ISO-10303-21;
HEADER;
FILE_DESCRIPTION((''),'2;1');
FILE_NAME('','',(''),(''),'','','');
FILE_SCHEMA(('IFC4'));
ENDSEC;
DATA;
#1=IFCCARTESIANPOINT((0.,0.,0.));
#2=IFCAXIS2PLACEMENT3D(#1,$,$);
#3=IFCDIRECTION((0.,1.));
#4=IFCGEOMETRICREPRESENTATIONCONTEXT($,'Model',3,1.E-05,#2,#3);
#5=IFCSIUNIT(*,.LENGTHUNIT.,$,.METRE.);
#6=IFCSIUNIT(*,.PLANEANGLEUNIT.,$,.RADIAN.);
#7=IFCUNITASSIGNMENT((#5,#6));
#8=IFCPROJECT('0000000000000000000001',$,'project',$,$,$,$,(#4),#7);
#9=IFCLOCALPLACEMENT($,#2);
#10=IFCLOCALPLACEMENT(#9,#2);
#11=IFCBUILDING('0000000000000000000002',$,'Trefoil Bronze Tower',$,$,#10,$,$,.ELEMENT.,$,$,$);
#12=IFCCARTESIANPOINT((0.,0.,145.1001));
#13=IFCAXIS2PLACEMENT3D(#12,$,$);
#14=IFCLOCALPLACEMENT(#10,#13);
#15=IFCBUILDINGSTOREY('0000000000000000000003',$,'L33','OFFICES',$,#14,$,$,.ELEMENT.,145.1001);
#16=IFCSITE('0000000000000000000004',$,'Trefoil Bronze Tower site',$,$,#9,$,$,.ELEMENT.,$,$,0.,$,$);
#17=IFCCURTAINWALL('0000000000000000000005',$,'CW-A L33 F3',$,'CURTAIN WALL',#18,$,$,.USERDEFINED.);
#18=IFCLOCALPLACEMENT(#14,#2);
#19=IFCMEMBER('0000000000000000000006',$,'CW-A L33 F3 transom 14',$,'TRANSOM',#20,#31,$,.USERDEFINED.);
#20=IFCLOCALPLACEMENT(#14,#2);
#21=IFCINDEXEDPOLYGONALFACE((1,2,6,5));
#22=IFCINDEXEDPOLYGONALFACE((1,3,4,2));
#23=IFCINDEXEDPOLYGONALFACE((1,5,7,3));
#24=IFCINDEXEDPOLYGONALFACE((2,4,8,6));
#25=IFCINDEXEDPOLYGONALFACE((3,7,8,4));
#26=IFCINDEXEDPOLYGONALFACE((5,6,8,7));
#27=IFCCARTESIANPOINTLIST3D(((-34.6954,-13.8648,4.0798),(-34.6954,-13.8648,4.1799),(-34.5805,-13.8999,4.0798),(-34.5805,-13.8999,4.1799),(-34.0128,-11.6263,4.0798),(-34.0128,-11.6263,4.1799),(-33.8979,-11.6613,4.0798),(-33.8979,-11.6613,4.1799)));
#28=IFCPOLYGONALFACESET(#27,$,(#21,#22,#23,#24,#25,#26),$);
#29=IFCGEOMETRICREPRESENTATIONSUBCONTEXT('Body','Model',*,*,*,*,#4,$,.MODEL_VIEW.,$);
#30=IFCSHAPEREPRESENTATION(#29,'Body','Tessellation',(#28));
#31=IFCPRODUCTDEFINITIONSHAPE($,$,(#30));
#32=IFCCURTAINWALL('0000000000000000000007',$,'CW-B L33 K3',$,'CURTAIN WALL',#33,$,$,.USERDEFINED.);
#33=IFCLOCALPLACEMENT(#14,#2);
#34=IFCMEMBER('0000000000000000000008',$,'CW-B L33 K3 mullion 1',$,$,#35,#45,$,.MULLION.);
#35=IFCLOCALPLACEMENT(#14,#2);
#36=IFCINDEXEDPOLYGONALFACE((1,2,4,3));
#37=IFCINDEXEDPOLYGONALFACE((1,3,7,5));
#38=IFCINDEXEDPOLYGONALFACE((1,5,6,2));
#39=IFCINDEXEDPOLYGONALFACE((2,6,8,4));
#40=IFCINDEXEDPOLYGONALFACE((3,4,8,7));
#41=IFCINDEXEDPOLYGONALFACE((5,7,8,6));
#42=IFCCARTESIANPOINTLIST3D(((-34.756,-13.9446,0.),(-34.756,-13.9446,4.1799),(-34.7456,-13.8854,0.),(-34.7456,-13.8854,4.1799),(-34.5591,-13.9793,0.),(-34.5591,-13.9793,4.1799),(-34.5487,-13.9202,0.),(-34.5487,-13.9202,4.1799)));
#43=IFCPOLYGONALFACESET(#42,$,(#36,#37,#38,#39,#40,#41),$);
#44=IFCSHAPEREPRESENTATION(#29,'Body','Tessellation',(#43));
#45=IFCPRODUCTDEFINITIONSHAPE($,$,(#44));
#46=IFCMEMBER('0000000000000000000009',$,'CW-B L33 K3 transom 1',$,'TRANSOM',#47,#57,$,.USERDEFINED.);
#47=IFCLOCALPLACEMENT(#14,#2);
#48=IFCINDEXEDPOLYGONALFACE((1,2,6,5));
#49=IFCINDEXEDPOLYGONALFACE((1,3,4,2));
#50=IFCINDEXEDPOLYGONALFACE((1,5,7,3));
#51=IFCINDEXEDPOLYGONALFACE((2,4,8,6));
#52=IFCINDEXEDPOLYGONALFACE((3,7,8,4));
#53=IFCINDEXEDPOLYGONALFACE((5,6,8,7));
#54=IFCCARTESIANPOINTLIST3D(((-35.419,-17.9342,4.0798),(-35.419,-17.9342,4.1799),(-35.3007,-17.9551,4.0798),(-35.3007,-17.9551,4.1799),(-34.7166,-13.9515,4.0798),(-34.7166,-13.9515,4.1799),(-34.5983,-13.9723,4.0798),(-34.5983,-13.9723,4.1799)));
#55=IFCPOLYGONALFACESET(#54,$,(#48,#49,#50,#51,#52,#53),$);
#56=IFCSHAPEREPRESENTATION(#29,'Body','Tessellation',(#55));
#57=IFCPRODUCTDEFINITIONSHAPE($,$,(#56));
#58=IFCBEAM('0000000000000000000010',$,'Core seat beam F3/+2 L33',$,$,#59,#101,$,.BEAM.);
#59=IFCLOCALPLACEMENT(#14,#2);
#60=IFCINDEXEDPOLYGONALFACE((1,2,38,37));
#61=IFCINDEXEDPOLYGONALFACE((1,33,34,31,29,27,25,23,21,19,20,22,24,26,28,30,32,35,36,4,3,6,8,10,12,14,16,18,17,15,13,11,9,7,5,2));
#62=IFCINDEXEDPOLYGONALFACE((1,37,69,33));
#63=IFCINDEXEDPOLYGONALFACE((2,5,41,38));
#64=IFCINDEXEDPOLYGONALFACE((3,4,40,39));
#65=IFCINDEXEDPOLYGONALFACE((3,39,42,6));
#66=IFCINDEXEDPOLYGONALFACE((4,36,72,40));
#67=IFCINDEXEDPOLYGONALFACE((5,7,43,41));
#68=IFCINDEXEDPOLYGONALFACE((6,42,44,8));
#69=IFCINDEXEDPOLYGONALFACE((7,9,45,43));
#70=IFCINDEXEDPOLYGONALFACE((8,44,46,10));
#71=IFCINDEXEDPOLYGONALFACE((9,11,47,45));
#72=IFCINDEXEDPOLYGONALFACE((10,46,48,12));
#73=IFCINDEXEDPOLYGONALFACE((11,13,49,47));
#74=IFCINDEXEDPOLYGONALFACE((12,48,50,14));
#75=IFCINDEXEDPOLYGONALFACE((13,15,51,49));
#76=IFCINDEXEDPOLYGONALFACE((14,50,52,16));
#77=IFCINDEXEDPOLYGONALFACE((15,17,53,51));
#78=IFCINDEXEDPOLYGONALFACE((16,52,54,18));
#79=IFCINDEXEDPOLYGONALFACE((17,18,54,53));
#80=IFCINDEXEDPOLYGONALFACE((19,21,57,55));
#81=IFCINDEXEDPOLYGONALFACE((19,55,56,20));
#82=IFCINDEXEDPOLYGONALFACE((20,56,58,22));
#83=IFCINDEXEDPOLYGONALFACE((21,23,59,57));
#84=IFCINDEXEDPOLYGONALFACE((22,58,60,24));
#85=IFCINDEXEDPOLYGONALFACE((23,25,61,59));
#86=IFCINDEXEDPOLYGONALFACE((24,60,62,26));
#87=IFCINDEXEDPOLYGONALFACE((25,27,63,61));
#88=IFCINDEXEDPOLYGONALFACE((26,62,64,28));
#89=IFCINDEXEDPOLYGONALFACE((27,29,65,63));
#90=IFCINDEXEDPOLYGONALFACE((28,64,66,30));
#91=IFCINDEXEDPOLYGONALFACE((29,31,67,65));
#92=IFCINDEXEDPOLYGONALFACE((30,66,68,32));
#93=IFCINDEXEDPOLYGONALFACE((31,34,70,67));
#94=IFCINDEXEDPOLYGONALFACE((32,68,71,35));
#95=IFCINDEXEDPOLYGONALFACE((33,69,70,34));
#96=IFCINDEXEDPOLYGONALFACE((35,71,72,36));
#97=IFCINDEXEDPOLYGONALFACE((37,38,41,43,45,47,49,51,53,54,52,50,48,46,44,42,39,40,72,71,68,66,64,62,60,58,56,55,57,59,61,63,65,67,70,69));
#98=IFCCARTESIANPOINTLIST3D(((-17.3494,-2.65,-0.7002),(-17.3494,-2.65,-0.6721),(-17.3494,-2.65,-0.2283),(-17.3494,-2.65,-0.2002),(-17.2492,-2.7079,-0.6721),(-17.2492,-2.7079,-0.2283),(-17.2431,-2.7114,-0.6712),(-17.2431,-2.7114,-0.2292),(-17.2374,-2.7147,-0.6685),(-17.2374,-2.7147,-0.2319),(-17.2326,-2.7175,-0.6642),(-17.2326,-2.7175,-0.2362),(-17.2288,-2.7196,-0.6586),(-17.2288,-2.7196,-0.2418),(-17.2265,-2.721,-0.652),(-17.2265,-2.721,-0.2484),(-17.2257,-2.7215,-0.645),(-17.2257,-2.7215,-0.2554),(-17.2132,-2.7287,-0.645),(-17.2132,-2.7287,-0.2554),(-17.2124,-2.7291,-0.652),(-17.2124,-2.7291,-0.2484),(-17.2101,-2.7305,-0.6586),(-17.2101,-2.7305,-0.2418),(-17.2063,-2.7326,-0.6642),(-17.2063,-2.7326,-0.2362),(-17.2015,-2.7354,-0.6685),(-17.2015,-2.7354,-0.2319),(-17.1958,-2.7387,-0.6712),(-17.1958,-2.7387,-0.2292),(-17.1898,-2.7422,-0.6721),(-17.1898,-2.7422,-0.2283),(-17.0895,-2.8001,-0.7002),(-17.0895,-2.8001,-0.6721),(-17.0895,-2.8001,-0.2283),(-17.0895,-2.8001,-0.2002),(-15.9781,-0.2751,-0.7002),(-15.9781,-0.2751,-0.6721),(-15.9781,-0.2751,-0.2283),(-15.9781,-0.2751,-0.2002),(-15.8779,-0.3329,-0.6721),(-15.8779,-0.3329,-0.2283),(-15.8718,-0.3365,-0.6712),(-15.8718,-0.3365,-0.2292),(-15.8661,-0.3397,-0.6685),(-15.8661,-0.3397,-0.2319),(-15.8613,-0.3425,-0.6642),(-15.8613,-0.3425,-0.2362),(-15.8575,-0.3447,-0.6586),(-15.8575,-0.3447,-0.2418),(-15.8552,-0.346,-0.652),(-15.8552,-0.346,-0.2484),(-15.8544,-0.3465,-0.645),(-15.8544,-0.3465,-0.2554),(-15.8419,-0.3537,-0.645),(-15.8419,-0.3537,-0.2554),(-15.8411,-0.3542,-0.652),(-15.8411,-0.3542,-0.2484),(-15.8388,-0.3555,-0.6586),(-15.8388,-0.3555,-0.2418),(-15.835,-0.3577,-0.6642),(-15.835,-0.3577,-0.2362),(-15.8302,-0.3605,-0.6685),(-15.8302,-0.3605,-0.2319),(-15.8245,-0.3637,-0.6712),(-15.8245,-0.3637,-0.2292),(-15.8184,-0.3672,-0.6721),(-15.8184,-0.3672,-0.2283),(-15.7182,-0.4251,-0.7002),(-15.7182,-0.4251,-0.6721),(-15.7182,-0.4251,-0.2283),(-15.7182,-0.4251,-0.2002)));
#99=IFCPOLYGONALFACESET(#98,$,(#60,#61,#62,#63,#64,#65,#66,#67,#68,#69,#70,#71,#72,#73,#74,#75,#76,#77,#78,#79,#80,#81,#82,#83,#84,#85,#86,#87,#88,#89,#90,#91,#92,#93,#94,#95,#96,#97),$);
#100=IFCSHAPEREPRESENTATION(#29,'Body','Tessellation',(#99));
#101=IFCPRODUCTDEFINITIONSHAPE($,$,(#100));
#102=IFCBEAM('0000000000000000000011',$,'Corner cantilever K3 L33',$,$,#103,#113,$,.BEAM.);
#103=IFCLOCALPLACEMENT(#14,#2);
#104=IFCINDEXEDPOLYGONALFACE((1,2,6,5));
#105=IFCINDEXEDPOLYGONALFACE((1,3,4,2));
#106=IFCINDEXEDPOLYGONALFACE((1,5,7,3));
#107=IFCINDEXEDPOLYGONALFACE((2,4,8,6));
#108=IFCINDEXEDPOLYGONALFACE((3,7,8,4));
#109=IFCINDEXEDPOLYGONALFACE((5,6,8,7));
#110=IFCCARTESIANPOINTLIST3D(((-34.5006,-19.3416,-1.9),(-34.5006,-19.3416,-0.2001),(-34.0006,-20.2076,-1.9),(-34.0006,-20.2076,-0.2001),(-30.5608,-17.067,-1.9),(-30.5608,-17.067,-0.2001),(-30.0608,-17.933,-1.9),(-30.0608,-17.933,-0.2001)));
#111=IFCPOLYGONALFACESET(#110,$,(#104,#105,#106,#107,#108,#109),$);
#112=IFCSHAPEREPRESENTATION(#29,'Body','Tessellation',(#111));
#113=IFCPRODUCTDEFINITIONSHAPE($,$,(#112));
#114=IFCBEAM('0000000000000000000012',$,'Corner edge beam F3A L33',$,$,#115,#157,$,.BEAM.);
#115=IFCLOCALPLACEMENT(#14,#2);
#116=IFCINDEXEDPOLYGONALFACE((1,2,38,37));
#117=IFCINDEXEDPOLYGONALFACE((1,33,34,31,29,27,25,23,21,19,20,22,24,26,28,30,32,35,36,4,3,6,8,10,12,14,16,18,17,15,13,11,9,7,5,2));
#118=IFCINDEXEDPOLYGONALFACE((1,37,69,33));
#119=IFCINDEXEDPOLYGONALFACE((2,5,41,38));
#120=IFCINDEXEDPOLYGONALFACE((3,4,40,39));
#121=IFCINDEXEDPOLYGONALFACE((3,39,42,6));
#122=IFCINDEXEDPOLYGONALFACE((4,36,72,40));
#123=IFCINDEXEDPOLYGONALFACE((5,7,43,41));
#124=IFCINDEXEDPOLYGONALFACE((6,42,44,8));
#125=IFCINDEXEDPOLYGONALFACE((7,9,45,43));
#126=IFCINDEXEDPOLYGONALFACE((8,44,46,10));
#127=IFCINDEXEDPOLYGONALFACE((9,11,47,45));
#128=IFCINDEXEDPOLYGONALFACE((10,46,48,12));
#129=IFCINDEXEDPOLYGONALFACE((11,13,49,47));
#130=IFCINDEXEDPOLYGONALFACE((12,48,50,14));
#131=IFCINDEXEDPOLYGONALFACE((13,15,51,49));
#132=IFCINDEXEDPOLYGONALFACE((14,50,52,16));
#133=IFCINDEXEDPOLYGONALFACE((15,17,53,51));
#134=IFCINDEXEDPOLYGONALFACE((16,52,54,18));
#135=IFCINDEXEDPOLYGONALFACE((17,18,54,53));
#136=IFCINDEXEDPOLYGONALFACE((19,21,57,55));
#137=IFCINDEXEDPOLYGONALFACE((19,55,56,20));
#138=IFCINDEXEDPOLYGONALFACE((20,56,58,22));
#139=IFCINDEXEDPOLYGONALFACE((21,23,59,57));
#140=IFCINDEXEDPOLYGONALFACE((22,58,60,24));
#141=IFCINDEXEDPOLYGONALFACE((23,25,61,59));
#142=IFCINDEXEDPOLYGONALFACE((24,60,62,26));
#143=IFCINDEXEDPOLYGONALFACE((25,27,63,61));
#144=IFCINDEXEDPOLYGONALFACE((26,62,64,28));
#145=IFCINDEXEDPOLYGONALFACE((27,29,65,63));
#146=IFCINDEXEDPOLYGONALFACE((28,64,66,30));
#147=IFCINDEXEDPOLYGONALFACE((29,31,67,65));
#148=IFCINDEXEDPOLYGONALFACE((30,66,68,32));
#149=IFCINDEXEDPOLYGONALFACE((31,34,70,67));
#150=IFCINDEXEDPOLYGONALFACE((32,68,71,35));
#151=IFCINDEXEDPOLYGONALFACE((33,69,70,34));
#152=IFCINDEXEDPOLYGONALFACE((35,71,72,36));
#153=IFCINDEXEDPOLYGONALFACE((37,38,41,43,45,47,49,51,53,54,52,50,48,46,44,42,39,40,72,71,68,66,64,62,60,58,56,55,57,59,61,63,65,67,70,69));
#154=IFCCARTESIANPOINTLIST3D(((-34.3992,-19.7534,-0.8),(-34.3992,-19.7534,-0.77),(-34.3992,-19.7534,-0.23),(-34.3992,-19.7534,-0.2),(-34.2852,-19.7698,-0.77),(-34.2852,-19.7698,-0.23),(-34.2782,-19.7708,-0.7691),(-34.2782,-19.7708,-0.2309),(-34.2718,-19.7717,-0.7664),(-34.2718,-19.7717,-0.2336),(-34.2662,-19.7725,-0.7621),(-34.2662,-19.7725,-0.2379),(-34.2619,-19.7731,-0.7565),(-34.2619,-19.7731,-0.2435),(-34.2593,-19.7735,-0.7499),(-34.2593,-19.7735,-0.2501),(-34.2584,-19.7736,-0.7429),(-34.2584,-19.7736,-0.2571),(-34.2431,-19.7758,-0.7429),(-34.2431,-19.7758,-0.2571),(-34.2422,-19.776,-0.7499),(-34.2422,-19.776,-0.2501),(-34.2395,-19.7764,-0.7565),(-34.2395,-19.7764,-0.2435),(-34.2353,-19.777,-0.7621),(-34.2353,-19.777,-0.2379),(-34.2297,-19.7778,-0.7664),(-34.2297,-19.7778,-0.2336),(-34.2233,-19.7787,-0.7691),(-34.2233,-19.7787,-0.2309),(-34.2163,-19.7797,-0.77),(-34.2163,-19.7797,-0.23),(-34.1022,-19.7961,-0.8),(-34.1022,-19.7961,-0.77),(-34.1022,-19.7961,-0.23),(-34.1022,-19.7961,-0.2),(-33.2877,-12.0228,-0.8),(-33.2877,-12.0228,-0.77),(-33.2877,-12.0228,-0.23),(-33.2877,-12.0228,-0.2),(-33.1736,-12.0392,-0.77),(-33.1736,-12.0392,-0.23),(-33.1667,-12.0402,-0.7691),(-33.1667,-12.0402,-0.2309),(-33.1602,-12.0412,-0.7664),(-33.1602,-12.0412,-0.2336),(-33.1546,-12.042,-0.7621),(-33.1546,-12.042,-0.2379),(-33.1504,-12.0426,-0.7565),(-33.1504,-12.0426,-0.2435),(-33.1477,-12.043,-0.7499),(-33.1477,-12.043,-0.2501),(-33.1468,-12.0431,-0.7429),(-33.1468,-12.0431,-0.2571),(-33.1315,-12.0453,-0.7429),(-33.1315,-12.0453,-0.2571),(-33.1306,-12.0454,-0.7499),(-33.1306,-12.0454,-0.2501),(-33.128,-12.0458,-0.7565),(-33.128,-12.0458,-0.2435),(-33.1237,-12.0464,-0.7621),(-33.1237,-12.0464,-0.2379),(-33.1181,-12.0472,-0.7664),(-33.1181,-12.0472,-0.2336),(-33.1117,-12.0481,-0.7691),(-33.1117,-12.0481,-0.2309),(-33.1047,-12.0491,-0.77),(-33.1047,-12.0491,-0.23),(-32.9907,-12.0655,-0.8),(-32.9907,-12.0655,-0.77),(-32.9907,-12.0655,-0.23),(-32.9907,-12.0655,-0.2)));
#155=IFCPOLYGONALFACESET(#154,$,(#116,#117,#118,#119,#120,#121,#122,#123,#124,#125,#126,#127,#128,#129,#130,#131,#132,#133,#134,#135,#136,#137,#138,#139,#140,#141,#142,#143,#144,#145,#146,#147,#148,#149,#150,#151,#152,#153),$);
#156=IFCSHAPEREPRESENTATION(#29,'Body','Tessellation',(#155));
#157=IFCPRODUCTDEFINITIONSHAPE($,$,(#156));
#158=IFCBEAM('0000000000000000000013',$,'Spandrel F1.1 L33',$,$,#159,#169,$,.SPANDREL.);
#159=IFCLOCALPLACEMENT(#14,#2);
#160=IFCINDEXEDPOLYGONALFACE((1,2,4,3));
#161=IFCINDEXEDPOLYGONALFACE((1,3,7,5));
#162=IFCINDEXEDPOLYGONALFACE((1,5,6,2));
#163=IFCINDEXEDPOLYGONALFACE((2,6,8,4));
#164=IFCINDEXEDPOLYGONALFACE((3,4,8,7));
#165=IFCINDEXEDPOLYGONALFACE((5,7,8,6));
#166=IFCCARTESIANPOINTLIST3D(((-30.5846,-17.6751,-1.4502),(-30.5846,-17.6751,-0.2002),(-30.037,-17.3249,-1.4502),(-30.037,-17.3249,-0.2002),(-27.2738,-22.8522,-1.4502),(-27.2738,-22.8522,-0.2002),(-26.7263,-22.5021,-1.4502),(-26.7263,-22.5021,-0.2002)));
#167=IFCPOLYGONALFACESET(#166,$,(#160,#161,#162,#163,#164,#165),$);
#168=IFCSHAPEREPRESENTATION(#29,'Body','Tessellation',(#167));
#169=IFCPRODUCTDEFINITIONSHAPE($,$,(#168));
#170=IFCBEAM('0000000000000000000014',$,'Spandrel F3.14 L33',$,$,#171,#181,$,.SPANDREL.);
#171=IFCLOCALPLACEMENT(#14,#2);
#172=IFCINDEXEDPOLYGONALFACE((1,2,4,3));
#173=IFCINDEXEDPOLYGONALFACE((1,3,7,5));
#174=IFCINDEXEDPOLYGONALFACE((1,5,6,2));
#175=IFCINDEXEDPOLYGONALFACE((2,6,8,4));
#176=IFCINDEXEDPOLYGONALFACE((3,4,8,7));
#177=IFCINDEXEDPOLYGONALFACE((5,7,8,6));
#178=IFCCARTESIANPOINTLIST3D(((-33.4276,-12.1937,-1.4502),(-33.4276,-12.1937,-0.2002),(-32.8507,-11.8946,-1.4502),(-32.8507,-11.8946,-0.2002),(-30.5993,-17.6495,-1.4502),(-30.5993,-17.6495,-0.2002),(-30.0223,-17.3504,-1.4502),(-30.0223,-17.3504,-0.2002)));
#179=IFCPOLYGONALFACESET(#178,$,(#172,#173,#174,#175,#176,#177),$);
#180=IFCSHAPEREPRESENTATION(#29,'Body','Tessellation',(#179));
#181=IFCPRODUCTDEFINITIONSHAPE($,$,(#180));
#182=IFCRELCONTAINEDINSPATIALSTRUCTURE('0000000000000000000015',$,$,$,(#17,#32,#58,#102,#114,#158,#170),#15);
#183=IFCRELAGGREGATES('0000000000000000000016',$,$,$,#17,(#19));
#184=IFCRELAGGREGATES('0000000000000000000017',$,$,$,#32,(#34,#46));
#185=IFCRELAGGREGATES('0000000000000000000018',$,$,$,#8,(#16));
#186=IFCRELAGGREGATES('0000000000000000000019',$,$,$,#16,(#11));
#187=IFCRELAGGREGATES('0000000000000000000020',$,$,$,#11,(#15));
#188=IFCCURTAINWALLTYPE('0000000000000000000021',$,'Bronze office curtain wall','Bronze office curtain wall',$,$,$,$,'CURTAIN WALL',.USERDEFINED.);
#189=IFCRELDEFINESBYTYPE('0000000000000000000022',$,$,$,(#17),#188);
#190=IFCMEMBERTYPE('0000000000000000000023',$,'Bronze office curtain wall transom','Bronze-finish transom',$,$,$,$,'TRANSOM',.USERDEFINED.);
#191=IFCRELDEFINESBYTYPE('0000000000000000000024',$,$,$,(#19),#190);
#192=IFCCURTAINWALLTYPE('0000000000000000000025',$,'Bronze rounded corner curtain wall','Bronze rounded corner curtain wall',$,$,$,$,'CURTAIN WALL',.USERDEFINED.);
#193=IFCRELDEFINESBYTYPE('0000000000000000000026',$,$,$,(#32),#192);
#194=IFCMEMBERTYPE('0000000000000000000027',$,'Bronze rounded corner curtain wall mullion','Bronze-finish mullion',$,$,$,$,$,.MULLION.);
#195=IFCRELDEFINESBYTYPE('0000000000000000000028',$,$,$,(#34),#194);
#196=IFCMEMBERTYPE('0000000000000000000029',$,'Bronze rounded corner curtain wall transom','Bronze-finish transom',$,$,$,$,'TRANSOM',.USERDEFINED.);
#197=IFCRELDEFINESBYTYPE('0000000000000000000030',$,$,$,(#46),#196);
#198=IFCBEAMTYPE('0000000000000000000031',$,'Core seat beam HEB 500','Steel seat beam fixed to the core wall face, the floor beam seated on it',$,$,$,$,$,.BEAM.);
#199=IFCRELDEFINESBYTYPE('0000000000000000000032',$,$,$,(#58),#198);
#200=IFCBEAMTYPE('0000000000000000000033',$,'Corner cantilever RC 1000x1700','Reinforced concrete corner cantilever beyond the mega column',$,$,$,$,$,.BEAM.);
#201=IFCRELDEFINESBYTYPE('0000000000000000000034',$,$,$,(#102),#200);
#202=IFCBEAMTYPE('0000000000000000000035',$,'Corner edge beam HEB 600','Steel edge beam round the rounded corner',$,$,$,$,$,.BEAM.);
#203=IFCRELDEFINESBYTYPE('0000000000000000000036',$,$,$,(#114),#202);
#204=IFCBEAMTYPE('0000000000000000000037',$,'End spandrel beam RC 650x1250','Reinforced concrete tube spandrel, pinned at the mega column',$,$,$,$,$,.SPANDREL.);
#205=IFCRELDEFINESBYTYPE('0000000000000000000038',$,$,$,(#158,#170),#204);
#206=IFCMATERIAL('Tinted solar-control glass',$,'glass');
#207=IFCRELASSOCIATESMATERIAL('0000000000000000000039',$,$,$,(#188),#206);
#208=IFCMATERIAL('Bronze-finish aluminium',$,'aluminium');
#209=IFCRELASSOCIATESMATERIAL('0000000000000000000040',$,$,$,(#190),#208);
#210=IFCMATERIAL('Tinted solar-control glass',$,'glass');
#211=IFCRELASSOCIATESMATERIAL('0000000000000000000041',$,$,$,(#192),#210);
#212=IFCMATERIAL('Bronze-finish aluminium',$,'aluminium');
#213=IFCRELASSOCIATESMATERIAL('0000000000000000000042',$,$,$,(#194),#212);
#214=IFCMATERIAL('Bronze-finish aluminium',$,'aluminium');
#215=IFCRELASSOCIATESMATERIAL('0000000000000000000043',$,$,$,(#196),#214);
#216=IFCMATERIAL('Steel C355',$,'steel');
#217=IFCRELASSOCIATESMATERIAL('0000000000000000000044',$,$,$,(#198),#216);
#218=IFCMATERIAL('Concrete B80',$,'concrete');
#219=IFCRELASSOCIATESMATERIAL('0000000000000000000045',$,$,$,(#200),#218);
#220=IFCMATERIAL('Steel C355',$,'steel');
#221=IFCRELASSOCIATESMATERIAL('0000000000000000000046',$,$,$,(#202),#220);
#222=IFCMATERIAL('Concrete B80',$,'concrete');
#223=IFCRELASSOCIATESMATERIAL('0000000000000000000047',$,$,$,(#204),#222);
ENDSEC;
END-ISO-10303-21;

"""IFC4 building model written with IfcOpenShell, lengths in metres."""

from ifc_helpers import new_model, si_unit, direction, frame, origin, origin_2d, place, context, subcontext, project, spatial, rectangle, i_section, extrude, material, material_profile, profile_set, type_object, element, aggregate, save


model = new_model("IFC4")

# Units and contexts
model_context = context("Model", 3, precision=1e-05, world=origin(), true_north=direction((0.0, 1.0)))
body_context = subcontext(model_context, "Body", "Model", "MODEL_VIEW")
ifc_project = project(units=[si_unit("LENGTHUNIT", "METRE"), si_unit("PLANEANGLEUNIT", "RADIAN")], contexts=[model_context])

# Site, building, storey
site_placement = place(None, origin())
site = spatial("IfcSite", under=ifc_project, at=site_placement, Name="Trefoil Bronze Tower site", CompositionType="ELEMENT", RefElevation=0.0)
building_placement = place(site_placement, origin())
building = spatial("IfcBuilding", under=site, at=building_placement, Name="Trefoil Bronze Tower", CompositionType="ELEMENT")
storey_placement = place(building_placement, frame((0.0, 0.0, 145.1001)))
storey = spatial("IfcBuildingStorey", under=building, at=storey_placement, Name="L33", Description="OFFICES", CompositionType="ELEMENT", Elevation=145.1001)

# Curtain walls, members
ifc_material_1 = material(Name="Tinted solar-control glass", Category="glass")
curtain_wall_type_1 = type_object("IfcCurtainWallType", Name="Bronze office curtain wall", Description="Bronze office curtain wall", ElementType="CURTAIN WALL", PredefinedType="USERDEFINED", material=ifc_material_1)
curtain_wall_1_placement = place(storey_placement, origin())
curtain_wall_1 = element("IfcCurtainWall", 1, at=curtain_wall_1_placement, inside=storey, type_object=curtain_wall_type_1, Name="CW-A L33 F3", ObjectType="CURTAIN WALL", PredefinedType="USERDEFINED")
ifc_material_2 = material(Name="Bronze-finish aluminium", Category="aluminium")
ifc_material_profile_1 = material_profile(ifc_material_2, rectangle(XDim=0.1201, YDim=0.1001, at=origin_2d()), Name="CW-A transom")
ifc_profile_set_1 = profile_set([ifc_material_profile_1], Name="Bronze-finish aluminium")
member_type_1 = type_object("IfcMemberType", Name="Bronze office curtain wall transom", Description="Bronze-finish transom", ElementType="TRANSOM", PredefinedType="USERDEFINED", material=ifc_profile_set_1)
member_1_placement = place(storey_placement, frame((-33.9553, -11.6438, 4.1299), z_axis=(-0.29168, -0.956516, 0.0), x_axis=(0.956516, -0.29168, 0.0)))
member_1 = element("IfcMember", 2, at=member_1_placement, type_object=member_type_1, Name="CW-A L33 F3 transom 14", ObjectType="TRANSOM", PredefinedType="USERDEFINED", context=body_context, shape_type="SweptSolid", body=[
    extrude(rectangle(XDim=0.1201, YDim=0.1001, at=origin_2d()), origin(), (0.0, 0.0, 1.0), 2.3403),
])
ifc_material_3 = material(Name="Tinted solar-control glass", Category="glass")
curtain_wall_type_2 = type_object("IfcCurtainWallType", Name="Bronze rounded corner curtain wall", Description="Bronze rounded corner curtain wall", ElementType="CURTAIN WALL", PredefinedType="USERDEFINED", material=ifc_material_3)
curtain_wall_2_placement = place(storey_placement, origin())
curtain_wall_2 = element("IfcCurtainWall", 3, at=curtain_wall_2_placement, inside=storey, type_object=curtain_wall_type_2, Name="CW-B L33 K3", ObjectType="CURTAIN WALL", PredefinedType="USERDEFINED")
ifc_material_4 = material(Name="Bronze-finish aluminium", Category="aluminium")
ifc_material_profile_2 = material_profile(ifc_material_4, rectangle(XDim=0.2, YDim=0.0601, at=origin_2d()), Name="CW-B mullion")
ifc_profile_set_2 = profile_set([ifc_material_profile_2], Name="Bronze-finish aluminium")
member_type_2 = type_object("IfcMemberType", Name="Bronze rounded corner curtain wall mullion", Description="Bronze-finish mullion", PredefinedType="MULLION", material=ifc_profile_set_2)
member_2_placement = place(storey_placement, frame((-34.6523, -13.9324, 0.0), z_axis=(0.0, 0.0, 1.0), x_axis=(0.984808, -0.173648, 0.0)))
member_2 = element("IfcMember", 4, at=member_2_placement, type_object=member_type_2, Name="CW-B L33 K3 mullion 1", PredefinedType="MULLION", context=body_context, shape_type="SweptSolid", body=[
    extrude(rectangle(XDim=0.2, YDim=0.0601, at=origin_2d()), origin(), (0.0, 0.0, 1.0), 4.1799),
])
ifc_material_5 = material(Name="Bronze-finish aluminium", Category="aluminium")
ifc_material_profile_3 = material_profile(ifc_material_5, rectangle(XDim=0.1201, YDim=0.1001, at=origin_2d()), Name="CW-B transom")
ifc_profile_set_3 = profile_set([ifc_material_profile_3], Name="Bronze-finish aluminium")
member_type_3 = type_object("IfcMemberType", Name="Bronze rounded corner curtain wall transom", Description="Bronze-finish transom", ElementType="TRANSOM", PredefinedType="USERDEFINED", material=ifc_profile_set_3)
member_3_placement = place(storey_placement, frame((-34.6575, -13.9619, 4.1299), z_axis=(-0.173682, -0.984802, 0.0), x_axis=(0.984802, -0.173682, 0.0)))
member_3 = element("IfcMember", 5, at=member_3_placement, type_object=member_type_3, Name="CW-B L33 K3 transom 1", ObjectType="TRANSOM", PredefinedType="USERDEFINED", context=body_context, shape_type="SweptSolid", body=[
    extrude(rectangle(XDim=0.1201, YDim=0.1001, at=origin_2d()), origin(), (0.0, 0.0, 1.0), 4.0442),
])

# Beams
ifc_material_6 = material(Name="Steel C355", Category="steel")
ifc_material_profile_4 = material_profile(ifc_material_6, i_section(OverallWidth=0.3, OverallDepth=0.5, WebThickness=0.0144, FlangeThickness=0.0281, FilletRadius=0.0271, at=origin_2d()), Name="HEB 500")
ifc_profile_set_4 = profile_set([ifc_material_profile_4], Name="Steel C355")
beam_type_1 = type_object("IfcBeamType", Name="Core seat beam HEB 500", Description="Steel seat beam fixed to the core wall face, the floor beam seated on it", PredefinedType="BEAM", material=ifc_profile_set_4)
beam_1_placement = place(storey_placement, frame((-15.8481, -0.3501, -0.4502), z_axis=(-0.500036, -0.866005, 0.0), x_axis=(0.866005, -0.500036, 0.0)))
element("IfcBeam", 6, at=beam_1_placement, inside=storey, type_object=beam_type_1, Name="Core seat beam F3/+2 L33", PredefinedType="BEAM", context=body_context, shape_type="SweptSolid", body=[
    extrude(i_section(OverallWidth=0.3, OverallDepth=0.5, WebThickness=0.0144, FlangeThickness=0.0281, FilletRadius=0.0271, at=origin_2d()), origin(), (0.0, 0.0, 1.0), 2.7424),
])
ifc_material_7 = material(Name="Concrete B80", Category="concrete")
ifc_material_profile_5 = material_profile(ifc_material_7, rectangle(XDim=1.0, YDim=1.7, at=origin_2d()), Name="RC 1000x1700")
ifc_profile_set_5 = profile_set([ifc_material_profile_5], Name="Concrete B80")
beam_type_2 = type_object("IfcBeamType", Name="Corner cantilever RC 1000x1700", Description="Reinforced concrete corner cantilever beyond the mega column", PredefinedType="BEAM", material=ifc_profile_set_5)
beam_2_placement = place(storey_placement, frame((-30.3108, -17.5, -1.05), z_axis=(-0.866032, -0.499989, 0.0), x_axis=(0.499989, -0.866032, 0.0)))
element("IfcBeam", 7, at=beam_2_placement, inside=storey, type_object=beam_type_2, Name="Corner cantilever K3 L33", PredefinedType="BEAM", context=body_context, shape_type="SweptSolid", body=[
    extrude(rectangle(XDim=1.0, YDim=1.7, at=origin_2d()), origin(), (0.0, 0.0, 1.0), 4.5493),
])
ifc_material_8 = material(Name="Steel C355", Category="steel")
ifc_material_profile_6 = material_profile(ifc_material_8, i_section(OverallWidth=0.3, OverallDepth=0.6001, WebThickness=0.0154, FlangeThickness=0.03, FilletRadius=0.0271, at=origin_2d()), Name="HEB 600")
ifc_profile_set_6 = profile_set([ifc_material_profile_6], Name="Steel C355")
beam_type_3 = type_object("IfcBeamType", Name="Corner edge beam HEB 600", Description="Steel edge beam round the rounded corner", PredefinedType="BEAM", material=ifc_profile_set_6)
beam_3_placement = place(storey_placement, frame((-33.1392, -12.0442, -0.5), z_axis=(-0.142327, -0.98982, 0.0), x_axis=(0.98982, -0.142327, 0.0)))
element("IfcBeam", 8, at=beam_3_placement, inside=storey, type_object=beam_type_3, Name="Corner edge beam F3A L33", PredefinedType="BEAM", context=body_context, shape_type="SweptSolid", body=[
    extrude(i_section(OverallWidth=0.3, OverallDepth=0.6001, WebThickness=0.0154, FlangeThickness=0.03, FilletRadius=0.0271, at=origin_2d()), origin(), (0.0, 0.0, 1.0), 7.8101),
])
ifc_material_9 = material(Name="Concrete B80", Category="concrete")
ifc_material_profile_7 = material_profile(ifc_material_9, rectangle(XDim=0.6499, YDim=1.25, at=origin_2d()), Name="RC 650x1250")
ifc_profile_set_7 = profile_set([ifc_material_profile_7], Name="Concrete B80")
beam_type_4 = type_object("IfcBeamType", Name="End spandrel beam RC 650x1250", Description="Reinforced concrete tube spandrel, pinned at the mega column", PredefinedType="SPANDREL", material=ifc_profile_set_7)
for number, where, z_axis, x_axis, name in (
    (9, (-30.3108, -17.5, -0.8252), (0.538748, -0.842467, 0.0), (0.842467, 0.538748, 0.0), "Spandrel F1.1 L33"),
    (10, (-33.1392, -12.0442, -0.8252), (0.460244, -0.887792, 0.0), (0.887792, 0.460244, 0.0), "Spandrel F3.14 L33"),
):
    element("IfcBeam", number, at=place(storey_placement, frame(where, z_axis=z_axis, x_axis=x_axis)), inside=storey, type_object=beam_type_4, Name=name, PredefinedType="SPANDREL", context=body_context, shape_type="SweptSolid", body=[
        extrude(rectangle(XDim=0.6499, YDim=1.25, at=origin_2d()), origin(), (0.0, 0.0, 1.0), 6.1453),
    ])

aggregate(curtain_wall_1, [member_1])
aggregate(curtain_wall_2, [member_2, member_3])

save(model, "model.ifc")
